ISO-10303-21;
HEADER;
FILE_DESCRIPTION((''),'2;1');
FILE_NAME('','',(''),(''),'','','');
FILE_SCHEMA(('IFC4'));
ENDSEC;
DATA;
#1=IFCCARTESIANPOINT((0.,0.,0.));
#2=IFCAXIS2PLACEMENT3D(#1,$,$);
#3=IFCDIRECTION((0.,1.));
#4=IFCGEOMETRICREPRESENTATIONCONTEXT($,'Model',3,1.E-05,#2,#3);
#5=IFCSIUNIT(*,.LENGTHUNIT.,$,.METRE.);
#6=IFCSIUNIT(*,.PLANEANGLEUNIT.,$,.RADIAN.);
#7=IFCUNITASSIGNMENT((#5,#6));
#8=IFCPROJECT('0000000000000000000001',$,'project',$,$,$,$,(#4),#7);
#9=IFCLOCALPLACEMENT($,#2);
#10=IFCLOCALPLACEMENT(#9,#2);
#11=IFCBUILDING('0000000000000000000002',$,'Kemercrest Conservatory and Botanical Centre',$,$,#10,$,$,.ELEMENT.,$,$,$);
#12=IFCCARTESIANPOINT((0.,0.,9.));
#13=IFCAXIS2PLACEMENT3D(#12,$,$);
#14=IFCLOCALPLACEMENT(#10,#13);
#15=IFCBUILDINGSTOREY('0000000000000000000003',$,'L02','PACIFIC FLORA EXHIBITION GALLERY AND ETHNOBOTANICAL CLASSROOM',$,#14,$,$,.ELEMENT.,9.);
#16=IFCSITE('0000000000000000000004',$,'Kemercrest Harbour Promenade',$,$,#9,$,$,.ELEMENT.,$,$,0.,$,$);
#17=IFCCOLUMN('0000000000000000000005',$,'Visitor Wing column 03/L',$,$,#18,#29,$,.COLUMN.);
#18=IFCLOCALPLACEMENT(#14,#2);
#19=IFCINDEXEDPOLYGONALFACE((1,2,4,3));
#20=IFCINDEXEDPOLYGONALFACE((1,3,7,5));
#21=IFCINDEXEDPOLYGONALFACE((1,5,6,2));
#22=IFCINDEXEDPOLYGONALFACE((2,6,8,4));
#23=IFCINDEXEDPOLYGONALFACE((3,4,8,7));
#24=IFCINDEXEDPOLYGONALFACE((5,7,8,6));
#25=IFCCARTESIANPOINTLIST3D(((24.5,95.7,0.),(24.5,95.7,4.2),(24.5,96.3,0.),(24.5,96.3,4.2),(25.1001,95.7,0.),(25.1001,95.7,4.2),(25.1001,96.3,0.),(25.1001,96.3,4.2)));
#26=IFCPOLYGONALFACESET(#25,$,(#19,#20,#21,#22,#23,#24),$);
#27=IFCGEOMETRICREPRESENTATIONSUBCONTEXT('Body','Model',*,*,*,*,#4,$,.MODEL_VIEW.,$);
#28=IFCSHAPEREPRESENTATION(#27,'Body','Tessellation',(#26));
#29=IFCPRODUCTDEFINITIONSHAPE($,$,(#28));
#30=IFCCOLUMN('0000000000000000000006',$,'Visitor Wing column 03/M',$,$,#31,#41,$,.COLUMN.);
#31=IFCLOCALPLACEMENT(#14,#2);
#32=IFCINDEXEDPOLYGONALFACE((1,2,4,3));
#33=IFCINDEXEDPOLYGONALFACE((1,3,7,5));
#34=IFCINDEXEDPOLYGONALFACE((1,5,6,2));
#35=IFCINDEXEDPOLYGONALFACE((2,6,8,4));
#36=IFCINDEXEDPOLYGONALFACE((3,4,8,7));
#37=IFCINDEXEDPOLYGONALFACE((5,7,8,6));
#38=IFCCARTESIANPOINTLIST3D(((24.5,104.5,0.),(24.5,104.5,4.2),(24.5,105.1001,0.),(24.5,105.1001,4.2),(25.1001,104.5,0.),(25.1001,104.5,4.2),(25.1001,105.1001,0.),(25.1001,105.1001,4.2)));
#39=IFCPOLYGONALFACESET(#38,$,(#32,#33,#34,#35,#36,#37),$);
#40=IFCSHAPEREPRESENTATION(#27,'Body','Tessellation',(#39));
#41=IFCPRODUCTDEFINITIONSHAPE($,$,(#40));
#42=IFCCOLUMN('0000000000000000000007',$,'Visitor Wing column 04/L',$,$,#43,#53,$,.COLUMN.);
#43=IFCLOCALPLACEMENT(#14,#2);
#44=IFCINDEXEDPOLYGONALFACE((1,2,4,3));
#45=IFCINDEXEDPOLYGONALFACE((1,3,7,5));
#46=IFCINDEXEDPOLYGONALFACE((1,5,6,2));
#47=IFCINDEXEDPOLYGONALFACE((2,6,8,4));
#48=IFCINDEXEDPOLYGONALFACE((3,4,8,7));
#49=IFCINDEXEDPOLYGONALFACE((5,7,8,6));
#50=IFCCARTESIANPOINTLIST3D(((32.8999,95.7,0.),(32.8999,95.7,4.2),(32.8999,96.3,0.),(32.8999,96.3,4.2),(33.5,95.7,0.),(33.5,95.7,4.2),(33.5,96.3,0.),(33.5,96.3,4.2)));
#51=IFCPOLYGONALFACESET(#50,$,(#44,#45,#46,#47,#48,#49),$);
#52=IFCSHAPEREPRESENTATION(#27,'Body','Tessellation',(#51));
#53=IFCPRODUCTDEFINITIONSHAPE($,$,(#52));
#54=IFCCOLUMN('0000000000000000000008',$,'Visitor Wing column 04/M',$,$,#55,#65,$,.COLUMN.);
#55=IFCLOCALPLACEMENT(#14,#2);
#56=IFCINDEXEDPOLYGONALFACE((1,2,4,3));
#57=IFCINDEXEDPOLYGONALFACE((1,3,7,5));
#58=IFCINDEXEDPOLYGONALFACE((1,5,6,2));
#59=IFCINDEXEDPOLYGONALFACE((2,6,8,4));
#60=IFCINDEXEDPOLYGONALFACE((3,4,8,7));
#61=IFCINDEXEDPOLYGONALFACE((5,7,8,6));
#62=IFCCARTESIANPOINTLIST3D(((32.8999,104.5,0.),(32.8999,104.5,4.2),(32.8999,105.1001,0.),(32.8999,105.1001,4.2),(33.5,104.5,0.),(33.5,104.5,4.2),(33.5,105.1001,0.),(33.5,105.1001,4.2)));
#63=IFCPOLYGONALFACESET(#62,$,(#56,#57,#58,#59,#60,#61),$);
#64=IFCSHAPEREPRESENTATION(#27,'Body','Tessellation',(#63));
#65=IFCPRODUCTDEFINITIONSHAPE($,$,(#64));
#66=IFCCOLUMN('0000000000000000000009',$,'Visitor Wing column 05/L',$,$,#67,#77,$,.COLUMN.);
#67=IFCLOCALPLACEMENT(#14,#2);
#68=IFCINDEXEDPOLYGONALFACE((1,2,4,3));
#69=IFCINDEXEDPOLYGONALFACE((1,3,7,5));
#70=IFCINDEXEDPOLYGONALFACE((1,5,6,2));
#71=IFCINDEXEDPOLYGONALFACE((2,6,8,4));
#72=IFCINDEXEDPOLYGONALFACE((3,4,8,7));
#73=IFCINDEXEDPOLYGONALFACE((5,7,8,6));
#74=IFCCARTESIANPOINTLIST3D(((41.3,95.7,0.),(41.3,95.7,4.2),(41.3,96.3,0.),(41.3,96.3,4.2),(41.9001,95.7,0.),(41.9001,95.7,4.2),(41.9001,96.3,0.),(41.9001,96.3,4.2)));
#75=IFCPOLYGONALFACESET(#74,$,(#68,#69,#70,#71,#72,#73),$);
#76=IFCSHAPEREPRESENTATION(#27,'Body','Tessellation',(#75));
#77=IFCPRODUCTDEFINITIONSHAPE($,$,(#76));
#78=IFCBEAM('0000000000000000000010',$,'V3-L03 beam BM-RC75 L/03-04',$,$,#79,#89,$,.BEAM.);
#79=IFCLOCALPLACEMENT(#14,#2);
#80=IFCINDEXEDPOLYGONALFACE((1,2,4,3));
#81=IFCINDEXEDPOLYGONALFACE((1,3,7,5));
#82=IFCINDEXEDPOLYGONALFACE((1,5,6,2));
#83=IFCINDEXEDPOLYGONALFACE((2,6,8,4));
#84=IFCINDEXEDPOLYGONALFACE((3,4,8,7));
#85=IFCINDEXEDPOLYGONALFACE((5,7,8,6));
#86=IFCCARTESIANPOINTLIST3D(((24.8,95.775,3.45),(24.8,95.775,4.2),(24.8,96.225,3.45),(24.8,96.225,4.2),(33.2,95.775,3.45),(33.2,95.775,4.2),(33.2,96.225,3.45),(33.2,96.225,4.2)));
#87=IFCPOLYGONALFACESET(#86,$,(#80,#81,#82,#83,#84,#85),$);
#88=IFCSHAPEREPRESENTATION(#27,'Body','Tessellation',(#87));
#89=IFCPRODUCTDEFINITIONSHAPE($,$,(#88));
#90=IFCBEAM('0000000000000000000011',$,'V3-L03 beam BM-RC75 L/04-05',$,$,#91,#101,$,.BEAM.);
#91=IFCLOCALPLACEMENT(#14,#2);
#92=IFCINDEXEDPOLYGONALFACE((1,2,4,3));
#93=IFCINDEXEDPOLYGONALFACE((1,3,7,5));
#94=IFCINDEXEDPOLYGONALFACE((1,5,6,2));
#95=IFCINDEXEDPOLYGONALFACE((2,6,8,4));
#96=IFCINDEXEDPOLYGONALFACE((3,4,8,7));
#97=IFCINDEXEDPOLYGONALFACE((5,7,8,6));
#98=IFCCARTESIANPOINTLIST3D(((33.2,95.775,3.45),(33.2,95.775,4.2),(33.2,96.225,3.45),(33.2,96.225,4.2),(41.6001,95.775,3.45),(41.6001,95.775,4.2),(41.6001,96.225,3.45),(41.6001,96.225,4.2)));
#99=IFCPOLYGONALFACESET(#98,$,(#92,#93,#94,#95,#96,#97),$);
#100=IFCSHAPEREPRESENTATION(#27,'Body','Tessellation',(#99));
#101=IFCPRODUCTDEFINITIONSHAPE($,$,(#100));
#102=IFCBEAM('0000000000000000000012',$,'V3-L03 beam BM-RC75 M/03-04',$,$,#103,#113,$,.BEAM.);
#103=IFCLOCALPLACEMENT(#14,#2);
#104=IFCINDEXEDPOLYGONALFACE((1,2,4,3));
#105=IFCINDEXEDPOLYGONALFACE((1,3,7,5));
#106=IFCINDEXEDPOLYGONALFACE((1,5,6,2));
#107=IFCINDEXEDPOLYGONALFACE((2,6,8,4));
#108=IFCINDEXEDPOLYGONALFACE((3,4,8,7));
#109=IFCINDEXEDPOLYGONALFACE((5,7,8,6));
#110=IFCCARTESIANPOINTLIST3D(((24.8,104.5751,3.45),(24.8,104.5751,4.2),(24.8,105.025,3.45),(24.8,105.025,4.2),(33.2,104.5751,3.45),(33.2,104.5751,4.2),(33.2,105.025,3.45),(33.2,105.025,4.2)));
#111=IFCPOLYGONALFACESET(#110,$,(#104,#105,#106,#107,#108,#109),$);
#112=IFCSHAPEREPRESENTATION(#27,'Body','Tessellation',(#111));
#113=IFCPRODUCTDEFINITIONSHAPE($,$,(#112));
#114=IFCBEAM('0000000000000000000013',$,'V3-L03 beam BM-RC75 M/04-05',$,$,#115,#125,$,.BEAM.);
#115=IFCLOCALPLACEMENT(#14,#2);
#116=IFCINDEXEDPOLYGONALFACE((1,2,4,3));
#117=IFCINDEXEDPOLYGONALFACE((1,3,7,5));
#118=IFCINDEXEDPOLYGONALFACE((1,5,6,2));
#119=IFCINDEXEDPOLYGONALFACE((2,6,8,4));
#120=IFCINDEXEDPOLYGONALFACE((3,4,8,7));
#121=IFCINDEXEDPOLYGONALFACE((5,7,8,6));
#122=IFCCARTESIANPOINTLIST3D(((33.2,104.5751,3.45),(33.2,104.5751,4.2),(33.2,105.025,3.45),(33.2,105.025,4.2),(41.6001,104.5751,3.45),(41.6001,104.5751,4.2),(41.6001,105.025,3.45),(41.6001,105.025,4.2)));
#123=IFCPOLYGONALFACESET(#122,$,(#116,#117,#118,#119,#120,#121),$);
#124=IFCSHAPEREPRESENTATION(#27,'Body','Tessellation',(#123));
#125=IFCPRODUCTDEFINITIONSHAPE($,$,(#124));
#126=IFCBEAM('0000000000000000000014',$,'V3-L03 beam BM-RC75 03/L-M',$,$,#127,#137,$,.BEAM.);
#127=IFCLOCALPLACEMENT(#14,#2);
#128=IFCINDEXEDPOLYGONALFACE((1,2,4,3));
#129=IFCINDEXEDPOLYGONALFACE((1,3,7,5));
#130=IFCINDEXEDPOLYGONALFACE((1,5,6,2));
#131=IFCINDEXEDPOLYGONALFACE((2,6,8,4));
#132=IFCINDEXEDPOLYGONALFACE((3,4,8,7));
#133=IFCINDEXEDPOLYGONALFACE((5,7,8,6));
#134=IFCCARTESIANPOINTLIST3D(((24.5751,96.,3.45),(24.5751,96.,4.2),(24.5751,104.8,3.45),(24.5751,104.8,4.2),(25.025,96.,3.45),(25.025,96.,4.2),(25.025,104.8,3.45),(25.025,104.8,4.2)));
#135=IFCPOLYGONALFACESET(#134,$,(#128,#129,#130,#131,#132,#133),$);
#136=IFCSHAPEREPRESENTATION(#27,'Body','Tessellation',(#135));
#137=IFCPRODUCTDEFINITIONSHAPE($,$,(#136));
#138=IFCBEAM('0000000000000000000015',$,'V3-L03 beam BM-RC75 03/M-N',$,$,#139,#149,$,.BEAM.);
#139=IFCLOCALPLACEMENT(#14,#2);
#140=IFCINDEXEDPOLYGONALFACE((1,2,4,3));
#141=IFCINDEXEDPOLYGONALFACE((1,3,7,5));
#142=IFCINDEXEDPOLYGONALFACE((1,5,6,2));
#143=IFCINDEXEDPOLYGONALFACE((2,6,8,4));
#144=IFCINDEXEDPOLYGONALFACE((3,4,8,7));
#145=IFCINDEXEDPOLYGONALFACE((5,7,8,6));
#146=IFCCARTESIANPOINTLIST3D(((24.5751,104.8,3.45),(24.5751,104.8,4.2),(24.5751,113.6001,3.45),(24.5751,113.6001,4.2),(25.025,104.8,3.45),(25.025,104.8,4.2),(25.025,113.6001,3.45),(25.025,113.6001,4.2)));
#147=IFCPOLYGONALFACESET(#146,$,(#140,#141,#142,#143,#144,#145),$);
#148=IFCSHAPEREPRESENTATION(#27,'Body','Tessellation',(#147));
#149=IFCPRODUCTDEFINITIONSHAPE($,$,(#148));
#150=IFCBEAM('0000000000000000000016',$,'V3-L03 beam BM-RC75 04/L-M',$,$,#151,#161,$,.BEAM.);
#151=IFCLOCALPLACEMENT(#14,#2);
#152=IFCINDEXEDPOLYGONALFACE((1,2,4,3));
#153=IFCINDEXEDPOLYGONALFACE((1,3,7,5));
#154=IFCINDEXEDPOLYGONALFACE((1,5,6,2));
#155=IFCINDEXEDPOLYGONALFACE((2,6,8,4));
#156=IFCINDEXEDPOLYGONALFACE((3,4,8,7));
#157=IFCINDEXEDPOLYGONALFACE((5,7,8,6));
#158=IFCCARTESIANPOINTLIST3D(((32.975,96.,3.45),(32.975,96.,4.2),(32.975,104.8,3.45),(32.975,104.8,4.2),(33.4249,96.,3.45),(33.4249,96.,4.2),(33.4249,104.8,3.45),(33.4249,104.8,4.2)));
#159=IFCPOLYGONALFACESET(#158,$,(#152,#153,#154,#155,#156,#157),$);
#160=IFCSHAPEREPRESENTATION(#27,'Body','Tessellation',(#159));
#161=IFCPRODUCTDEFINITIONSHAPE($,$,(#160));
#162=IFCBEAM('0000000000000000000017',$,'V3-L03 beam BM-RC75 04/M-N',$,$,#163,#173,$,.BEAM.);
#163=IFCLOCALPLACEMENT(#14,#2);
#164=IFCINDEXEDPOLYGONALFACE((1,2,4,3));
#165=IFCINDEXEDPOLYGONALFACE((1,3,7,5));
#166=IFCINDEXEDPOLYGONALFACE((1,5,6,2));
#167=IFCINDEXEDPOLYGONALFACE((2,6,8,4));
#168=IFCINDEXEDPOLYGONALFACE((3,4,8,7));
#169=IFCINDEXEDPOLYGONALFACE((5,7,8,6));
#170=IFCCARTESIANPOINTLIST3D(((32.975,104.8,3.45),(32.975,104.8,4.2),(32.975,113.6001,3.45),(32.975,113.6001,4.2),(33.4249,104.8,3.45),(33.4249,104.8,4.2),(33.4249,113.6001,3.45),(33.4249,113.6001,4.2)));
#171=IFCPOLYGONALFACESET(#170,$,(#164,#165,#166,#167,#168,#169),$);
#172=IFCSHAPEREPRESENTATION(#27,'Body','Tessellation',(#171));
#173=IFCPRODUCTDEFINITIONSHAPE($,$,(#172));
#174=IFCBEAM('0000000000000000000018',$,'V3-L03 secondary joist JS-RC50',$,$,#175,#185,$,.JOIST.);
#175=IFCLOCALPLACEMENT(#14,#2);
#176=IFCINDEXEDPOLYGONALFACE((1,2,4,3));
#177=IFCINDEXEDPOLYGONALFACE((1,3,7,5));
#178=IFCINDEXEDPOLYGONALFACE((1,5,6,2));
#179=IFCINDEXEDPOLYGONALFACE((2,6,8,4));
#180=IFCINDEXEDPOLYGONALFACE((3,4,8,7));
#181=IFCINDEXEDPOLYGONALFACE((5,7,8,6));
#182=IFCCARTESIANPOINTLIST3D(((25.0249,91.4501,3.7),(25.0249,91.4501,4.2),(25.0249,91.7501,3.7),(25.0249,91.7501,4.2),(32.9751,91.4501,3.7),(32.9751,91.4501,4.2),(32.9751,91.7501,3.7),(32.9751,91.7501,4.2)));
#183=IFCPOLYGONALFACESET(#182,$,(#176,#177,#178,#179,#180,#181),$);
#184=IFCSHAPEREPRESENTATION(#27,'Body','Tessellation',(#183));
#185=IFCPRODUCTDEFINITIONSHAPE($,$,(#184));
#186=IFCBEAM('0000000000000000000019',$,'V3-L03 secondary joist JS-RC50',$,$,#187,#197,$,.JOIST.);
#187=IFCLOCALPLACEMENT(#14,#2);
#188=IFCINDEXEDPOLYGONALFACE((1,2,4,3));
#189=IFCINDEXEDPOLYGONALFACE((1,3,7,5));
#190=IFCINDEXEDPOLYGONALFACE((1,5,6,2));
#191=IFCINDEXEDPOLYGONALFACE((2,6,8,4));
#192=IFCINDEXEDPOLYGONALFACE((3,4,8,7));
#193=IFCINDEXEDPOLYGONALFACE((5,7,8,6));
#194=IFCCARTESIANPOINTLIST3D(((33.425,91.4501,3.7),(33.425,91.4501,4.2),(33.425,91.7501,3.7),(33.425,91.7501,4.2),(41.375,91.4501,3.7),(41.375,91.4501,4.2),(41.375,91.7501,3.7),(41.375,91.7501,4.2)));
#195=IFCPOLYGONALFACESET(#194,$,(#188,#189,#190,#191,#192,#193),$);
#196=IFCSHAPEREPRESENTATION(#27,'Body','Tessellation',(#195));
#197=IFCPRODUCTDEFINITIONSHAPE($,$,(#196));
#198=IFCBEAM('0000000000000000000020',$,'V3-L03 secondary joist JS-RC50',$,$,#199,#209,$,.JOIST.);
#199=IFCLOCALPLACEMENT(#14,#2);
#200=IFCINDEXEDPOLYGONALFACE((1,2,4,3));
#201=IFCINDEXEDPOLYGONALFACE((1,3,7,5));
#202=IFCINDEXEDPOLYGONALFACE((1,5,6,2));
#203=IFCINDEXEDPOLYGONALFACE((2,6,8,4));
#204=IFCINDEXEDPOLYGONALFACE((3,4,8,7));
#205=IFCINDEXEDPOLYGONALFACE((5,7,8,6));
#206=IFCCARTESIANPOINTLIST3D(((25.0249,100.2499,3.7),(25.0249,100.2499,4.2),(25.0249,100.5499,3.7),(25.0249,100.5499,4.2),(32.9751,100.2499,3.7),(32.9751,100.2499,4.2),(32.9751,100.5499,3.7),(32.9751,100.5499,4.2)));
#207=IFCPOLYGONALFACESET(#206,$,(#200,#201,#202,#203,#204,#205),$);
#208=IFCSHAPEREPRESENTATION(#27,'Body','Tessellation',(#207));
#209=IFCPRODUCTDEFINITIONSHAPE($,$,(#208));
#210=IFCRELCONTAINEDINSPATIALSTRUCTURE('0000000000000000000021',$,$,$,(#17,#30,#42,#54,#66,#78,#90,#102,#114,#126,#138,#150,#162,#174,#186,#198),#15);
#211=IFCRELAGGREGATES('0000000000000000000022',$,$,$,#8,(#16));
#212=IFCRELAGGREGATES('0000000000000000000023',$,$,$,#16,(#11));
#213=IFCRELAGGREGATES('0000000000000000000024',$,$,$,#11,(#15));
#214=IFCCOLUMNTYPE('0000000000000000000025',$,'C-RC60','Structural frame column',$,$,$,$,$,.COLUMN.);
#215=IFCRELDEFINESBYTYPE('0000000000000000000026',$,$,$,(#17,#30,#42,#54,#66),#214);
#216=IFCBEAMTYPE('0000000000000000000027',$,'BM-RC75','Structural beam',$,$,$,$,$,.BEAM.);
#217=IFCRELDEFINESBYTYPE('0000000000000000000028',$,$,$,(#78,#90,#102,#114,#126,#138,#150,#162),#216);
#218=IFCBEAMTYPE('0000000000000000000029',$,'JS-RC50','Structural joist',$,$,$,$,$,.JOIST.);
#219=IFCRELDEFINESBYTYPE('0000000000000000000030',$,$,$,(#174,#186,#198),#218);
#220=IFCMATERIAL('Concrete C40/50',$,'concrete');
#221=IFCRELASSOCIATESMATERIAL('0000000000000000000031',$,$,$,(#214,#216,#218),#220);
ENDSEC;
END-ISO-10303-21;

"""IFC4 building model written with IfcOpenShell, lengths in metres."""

from ifc_helpers import new_model, si_unit, direction, frame, origin, origin_2d, place, context, subcontext, project, spatial, rectangle, extrude, material, material_profile, profile_set, type_object, element, save


model = new_model("IFC4")

# Units and contexts
model_context = context("Model", 3, precision=1e-05, world=origin(), true_north=direction((0.0, 1.0)))
body_context = subcontext(model_context, "Body", "Model", "MODEL_VIEW")
ifc_project = project(units=[si_unit("LENGTHUNIT", "METRE"), si_unit("PLANEANGLEUNIT", "RADIAN")], contexts=[model_context])

# Site, building, storey
site_placement = place(None, origin())
site = spatial("IfcSite", under=ifc_project, at=site_placement, Name="Kemercrest Harbour Promenade", CompositionType="ELEMENT", RefElevation=0.0)
building_placement = place(site_placement, origin())
building = spatial("IfcBuilding", under=site, at=building_placement, Name="Kemercrest Conservatory and Botanical Centre", CompositionType="ELEMENT")
storey_placement = place(building_placement, frame((0.0, 0.0, 9.0)))
storey = spatial("IfcBuildingStorey", under=building, at=storey_placement, Name="L02", Description="PACIFIC FLORA EXHIBITION GALLERY AND ETHNOBOTANICAL CLASSROOM", CompositionType="ELEMENT", Elevation=9.0)

# Columns
ifc_material = material(Name="Concrete C40/50", Category="concrete")
ifc_material_profile_1 = material_profile(ifc_material, rectangle(XDim=0.6001, YDim=0.6001, at=origin_2d()), Name="RC 600x600")
ifc_profile_set_1 = profile_set([ifc_material_profile_1], Name="Concrete C40/50")
column_type = type_object("IfcColumnType", Name="C-RC60", Description="Structural frame column", PredefinedType="COLUMN", material=ifc_profile_set_1)
for number, where, z_axis, x_axis, name in (
    (1, (24.8, 96.0, 0.0), (0.0, 0.0, 1.0), (1.0, 0.0, 0.0), "Visitor Wing column 03/L"),
    (2, (24.8, 104.8, 0.0), (0.0, 0.0, 1.0), (1.0, 0.0, 0.0), "Visitor Wing column 03/M"),
    (3, (33.2, 96.0, 0.0), (0.0, 0.0, 1.0), (1.0, 0.0, 0.0), "Visitor Wing column 04/L"),
    (4, (33.2, 104.8, 0.0), (0.0, 0.0, 1.0), (1.0, 0.0, 0.0), "Visitor Wing column 04/M"),
    (5, (41.6001, 96.0, 0.0), (0.0, 0.0, 1.0), (1.0, 0.0, 0.0), "Visitor Wing column 05/L"),
):
    element("IfcColumn", number, at=place(storey_placement, frame(where, z_axis=z_axis, x_axis=x_axis)), inside=storey, type_object=column_type, Name=name, PredefinedType="COLUMN", context=body_context, shape_type="SweptSolid", body=[
        extrude(rectangle(XDim=0.6001, YDim=0.6001, at=origin_2d()), origin(), (0.0, 0.0, 1.0), 4.2),
    ])

# Beams
ifc_material_profile_2 = material_profile(ifc_material, rectangle(XDim=0.45, YDim=0.75, at=origin_2d()), Name="RC 450x750")
ifc_profile_set_2 = profile_set([ifc_material_profile_2], Name="Concrete C40/50")
beam_type_1 = type_object("IfcBeamType", Name="BM-RC75", Description="Structural beam", PredefinedType="BEAM", material=ifc_profile_set_2)
beam_1_placement = place(storey_placement, frame((24.8, 96.0, 3.825), z_axis=(1.0, 0.0, 0.0), x_axis=(0.0, 1.0, 0.0)))
element("IfcBeam", 6, at=beam_1_placement, inside=storey, type_object=beam_type_1, Name="V3-L03 beam BM-RC75 L/03-04", PredefinedType="BEAM", context=body_context, shape_type="SweptSolid", body=[
    extrude(rectangle(XDim=0.45, YDim=0.75, at=origin_2d()), origin(), (0.0, 0.0, 1.0), 8.3999),
])
beam_2_placement = place(storey_placement, frame((33.2, 96.0, 3.825), z_axis=(1.0, 0.0, 0.0), x_axis=(0.0, 1.0, 0.0)))
element("IfcBeam", 7, at=beam_2_placement, inside=storey, type_object=beam_type_1, Name="V3-L03 beam BM-RC75 L/04-05", PredefinedType="BEAM", context=body_context, shape_type="SweptSolid", body=[
    extrude(rectangle(XDim=0.45, YDim=0.75, at=origin_2d()), origin(), (0.0, 0.0, 1.0), 8.4001),
])
beam_3_placement = place(storey_placement, frame((24.8, 104.8, 3.825), z_axis=(1.0, 0.0, 0.0), x_axis=(0.0, 1.0, 0.0)))
element("IfcBeam", 8, at=beam_3_placement, inside=storey, type_object=beam_type_1, Name="V3-L03 beam BM-RC75 M/03-04", PredefinedType="BEAM", context=body_context, shape_type="SweptSolid", body=[
    extrude(rectangle(XDim=0.45, YDim=0.75, at=origin_2d()), origin(), (0.0, 0.0, 1.0), 8.3999),
])
beam_4_placement = place(storey_placement, frame((33.2, 104.8, 3.825), z_axis=(1.0, 0.0, 0.0), x_axis=(0.0, 1.0, 0.0)))
element("IfcBeam", 9, at=beam_4_placement, inside=storey, type_object=beam_type_1, Name="V3-L03 beam BM-RC75 M/04-05", PredefinedType="BEAM", context=body_context, shape_type="SweptSolid", body=[
    extrude(rectangle(XDim=0.45, YDim=0.75, at=origin_2d()), origin(), (0.0, 0.0, 1.0), 8.4001),
])
for number, where, z_axis, x_axis, name in (
    (10, (24.8, 96.0, 3.825), (0.0, 1.0, 0.0), (-1.0, 0.0, 0.0), "V3-L03 beam BM-RC75 03/L-M"),
    (11, (24.8, 104.8, 3.825), (0.0, 1.0, 0.0), (-1.0, 0.0, 0.0), "V3-L03 beam BM-RC75 03/M-N"),
    (12, (33.2, 96.0, 3.825), (0.0, 1.0, 0.0), (-1.0, 0.0, 0.0), "V3-L03 beam BM-RC75 04/L-M"),
    (13, (33.2, 104.8, 3.825), (0.0, 1.0, 0.0), (-1.0, 0.0, 0.0), "V3-L03 beam BM-RC75 04/M-N"),
):
    element("IfcBeam", number, at=place(storey_placement, frame(where, z_axis=z_axis, x_axis=x_axis)), inside=storey, type_object=beam_type_1, Name=name, PredefinedType="BEAM", context=body_context, shape_type="SweptSolid", body=[
        extrude(rectangle(XDim=0.45, YDim=0.75, at=origin_2d()), origin(), (0.0, 0.0, 1.0), 8.8),
    ])
ifc_material_profile_3 = material_profile(ifc_material, rectangle(XDim=0.3, YDim=0.5, at=origin_2d()), Name="RC 300x500")
ifc_profile_set_3 = profile_set([ifc_material_profile_3], Name="Concrete C40/50")
beam_type_2 = type_object("IfcBeamType", Name="JS-RC50", Description="Structural joist", PredefinedType="JOIST", material=ifc_profile_set_3)
beam_5_placement = place(storey_placement, frame((25.0249, 91.6001, 3.95), z_axis=(1.0, 0.0, 0.0), x_axis=(0.0, 1.0, 0.0)))
element("IfcBeam", 14, at=beam_5_placement, inside=storey, type_object=beam_type_2, Name="V3-L03 secondary joist JS-RC50", PredefinedType="JOIST", context=body_context, shape_type="SweptSolid", body=[
    extrude(rectangle(XDim=0.3, YDim=0.5, at=origin_2d()), origin(), (0.0, 0.0, 1.0), 7.9502),
])
beam_6_placement = place(storey_placement, frame((33.425, 91.6001, 3.95), z_axis=(1.0, 0.0, 0.0), x_axis=(0.0, 1.0, 0.0)))
element("IfcBeam", 15, at=beam_6_placement, inside=storey, type_object=beam_type_2, Name="V3-L03 secondary joist JS-RC50", PredefinedType="JOIST", context=body_context, shape_type="SweptSolid", body=[
    extrude(rectangle(XDim=0.3, YDim=0.5, at=origin_2d()), origin(), (0.0, 0.0, 1.0), 7.95),
])
beam_7_placement = place(storey_placement, frame((25.0249, 100.3999, 3.95), z_axis=(1.0, 0.0, 0.0), x_axis=(0.0, 1.0, 0.0)))
element("IfcBeam", 16, at=beam_7_placement, inside=storey, type_object=beam_type_2, Name="V3-L03 secondary joist JS-RC50", PredefinedType="JOIST", context=body_context, shape_type="SweptSolid", body=[
    extrude(rectangle(XDim=0.3, YDim=0.5, at=origin_2d()), origin(), (0.0, 0.0, 1.0), 7.9502),
])

save(model, "model.ifc")
